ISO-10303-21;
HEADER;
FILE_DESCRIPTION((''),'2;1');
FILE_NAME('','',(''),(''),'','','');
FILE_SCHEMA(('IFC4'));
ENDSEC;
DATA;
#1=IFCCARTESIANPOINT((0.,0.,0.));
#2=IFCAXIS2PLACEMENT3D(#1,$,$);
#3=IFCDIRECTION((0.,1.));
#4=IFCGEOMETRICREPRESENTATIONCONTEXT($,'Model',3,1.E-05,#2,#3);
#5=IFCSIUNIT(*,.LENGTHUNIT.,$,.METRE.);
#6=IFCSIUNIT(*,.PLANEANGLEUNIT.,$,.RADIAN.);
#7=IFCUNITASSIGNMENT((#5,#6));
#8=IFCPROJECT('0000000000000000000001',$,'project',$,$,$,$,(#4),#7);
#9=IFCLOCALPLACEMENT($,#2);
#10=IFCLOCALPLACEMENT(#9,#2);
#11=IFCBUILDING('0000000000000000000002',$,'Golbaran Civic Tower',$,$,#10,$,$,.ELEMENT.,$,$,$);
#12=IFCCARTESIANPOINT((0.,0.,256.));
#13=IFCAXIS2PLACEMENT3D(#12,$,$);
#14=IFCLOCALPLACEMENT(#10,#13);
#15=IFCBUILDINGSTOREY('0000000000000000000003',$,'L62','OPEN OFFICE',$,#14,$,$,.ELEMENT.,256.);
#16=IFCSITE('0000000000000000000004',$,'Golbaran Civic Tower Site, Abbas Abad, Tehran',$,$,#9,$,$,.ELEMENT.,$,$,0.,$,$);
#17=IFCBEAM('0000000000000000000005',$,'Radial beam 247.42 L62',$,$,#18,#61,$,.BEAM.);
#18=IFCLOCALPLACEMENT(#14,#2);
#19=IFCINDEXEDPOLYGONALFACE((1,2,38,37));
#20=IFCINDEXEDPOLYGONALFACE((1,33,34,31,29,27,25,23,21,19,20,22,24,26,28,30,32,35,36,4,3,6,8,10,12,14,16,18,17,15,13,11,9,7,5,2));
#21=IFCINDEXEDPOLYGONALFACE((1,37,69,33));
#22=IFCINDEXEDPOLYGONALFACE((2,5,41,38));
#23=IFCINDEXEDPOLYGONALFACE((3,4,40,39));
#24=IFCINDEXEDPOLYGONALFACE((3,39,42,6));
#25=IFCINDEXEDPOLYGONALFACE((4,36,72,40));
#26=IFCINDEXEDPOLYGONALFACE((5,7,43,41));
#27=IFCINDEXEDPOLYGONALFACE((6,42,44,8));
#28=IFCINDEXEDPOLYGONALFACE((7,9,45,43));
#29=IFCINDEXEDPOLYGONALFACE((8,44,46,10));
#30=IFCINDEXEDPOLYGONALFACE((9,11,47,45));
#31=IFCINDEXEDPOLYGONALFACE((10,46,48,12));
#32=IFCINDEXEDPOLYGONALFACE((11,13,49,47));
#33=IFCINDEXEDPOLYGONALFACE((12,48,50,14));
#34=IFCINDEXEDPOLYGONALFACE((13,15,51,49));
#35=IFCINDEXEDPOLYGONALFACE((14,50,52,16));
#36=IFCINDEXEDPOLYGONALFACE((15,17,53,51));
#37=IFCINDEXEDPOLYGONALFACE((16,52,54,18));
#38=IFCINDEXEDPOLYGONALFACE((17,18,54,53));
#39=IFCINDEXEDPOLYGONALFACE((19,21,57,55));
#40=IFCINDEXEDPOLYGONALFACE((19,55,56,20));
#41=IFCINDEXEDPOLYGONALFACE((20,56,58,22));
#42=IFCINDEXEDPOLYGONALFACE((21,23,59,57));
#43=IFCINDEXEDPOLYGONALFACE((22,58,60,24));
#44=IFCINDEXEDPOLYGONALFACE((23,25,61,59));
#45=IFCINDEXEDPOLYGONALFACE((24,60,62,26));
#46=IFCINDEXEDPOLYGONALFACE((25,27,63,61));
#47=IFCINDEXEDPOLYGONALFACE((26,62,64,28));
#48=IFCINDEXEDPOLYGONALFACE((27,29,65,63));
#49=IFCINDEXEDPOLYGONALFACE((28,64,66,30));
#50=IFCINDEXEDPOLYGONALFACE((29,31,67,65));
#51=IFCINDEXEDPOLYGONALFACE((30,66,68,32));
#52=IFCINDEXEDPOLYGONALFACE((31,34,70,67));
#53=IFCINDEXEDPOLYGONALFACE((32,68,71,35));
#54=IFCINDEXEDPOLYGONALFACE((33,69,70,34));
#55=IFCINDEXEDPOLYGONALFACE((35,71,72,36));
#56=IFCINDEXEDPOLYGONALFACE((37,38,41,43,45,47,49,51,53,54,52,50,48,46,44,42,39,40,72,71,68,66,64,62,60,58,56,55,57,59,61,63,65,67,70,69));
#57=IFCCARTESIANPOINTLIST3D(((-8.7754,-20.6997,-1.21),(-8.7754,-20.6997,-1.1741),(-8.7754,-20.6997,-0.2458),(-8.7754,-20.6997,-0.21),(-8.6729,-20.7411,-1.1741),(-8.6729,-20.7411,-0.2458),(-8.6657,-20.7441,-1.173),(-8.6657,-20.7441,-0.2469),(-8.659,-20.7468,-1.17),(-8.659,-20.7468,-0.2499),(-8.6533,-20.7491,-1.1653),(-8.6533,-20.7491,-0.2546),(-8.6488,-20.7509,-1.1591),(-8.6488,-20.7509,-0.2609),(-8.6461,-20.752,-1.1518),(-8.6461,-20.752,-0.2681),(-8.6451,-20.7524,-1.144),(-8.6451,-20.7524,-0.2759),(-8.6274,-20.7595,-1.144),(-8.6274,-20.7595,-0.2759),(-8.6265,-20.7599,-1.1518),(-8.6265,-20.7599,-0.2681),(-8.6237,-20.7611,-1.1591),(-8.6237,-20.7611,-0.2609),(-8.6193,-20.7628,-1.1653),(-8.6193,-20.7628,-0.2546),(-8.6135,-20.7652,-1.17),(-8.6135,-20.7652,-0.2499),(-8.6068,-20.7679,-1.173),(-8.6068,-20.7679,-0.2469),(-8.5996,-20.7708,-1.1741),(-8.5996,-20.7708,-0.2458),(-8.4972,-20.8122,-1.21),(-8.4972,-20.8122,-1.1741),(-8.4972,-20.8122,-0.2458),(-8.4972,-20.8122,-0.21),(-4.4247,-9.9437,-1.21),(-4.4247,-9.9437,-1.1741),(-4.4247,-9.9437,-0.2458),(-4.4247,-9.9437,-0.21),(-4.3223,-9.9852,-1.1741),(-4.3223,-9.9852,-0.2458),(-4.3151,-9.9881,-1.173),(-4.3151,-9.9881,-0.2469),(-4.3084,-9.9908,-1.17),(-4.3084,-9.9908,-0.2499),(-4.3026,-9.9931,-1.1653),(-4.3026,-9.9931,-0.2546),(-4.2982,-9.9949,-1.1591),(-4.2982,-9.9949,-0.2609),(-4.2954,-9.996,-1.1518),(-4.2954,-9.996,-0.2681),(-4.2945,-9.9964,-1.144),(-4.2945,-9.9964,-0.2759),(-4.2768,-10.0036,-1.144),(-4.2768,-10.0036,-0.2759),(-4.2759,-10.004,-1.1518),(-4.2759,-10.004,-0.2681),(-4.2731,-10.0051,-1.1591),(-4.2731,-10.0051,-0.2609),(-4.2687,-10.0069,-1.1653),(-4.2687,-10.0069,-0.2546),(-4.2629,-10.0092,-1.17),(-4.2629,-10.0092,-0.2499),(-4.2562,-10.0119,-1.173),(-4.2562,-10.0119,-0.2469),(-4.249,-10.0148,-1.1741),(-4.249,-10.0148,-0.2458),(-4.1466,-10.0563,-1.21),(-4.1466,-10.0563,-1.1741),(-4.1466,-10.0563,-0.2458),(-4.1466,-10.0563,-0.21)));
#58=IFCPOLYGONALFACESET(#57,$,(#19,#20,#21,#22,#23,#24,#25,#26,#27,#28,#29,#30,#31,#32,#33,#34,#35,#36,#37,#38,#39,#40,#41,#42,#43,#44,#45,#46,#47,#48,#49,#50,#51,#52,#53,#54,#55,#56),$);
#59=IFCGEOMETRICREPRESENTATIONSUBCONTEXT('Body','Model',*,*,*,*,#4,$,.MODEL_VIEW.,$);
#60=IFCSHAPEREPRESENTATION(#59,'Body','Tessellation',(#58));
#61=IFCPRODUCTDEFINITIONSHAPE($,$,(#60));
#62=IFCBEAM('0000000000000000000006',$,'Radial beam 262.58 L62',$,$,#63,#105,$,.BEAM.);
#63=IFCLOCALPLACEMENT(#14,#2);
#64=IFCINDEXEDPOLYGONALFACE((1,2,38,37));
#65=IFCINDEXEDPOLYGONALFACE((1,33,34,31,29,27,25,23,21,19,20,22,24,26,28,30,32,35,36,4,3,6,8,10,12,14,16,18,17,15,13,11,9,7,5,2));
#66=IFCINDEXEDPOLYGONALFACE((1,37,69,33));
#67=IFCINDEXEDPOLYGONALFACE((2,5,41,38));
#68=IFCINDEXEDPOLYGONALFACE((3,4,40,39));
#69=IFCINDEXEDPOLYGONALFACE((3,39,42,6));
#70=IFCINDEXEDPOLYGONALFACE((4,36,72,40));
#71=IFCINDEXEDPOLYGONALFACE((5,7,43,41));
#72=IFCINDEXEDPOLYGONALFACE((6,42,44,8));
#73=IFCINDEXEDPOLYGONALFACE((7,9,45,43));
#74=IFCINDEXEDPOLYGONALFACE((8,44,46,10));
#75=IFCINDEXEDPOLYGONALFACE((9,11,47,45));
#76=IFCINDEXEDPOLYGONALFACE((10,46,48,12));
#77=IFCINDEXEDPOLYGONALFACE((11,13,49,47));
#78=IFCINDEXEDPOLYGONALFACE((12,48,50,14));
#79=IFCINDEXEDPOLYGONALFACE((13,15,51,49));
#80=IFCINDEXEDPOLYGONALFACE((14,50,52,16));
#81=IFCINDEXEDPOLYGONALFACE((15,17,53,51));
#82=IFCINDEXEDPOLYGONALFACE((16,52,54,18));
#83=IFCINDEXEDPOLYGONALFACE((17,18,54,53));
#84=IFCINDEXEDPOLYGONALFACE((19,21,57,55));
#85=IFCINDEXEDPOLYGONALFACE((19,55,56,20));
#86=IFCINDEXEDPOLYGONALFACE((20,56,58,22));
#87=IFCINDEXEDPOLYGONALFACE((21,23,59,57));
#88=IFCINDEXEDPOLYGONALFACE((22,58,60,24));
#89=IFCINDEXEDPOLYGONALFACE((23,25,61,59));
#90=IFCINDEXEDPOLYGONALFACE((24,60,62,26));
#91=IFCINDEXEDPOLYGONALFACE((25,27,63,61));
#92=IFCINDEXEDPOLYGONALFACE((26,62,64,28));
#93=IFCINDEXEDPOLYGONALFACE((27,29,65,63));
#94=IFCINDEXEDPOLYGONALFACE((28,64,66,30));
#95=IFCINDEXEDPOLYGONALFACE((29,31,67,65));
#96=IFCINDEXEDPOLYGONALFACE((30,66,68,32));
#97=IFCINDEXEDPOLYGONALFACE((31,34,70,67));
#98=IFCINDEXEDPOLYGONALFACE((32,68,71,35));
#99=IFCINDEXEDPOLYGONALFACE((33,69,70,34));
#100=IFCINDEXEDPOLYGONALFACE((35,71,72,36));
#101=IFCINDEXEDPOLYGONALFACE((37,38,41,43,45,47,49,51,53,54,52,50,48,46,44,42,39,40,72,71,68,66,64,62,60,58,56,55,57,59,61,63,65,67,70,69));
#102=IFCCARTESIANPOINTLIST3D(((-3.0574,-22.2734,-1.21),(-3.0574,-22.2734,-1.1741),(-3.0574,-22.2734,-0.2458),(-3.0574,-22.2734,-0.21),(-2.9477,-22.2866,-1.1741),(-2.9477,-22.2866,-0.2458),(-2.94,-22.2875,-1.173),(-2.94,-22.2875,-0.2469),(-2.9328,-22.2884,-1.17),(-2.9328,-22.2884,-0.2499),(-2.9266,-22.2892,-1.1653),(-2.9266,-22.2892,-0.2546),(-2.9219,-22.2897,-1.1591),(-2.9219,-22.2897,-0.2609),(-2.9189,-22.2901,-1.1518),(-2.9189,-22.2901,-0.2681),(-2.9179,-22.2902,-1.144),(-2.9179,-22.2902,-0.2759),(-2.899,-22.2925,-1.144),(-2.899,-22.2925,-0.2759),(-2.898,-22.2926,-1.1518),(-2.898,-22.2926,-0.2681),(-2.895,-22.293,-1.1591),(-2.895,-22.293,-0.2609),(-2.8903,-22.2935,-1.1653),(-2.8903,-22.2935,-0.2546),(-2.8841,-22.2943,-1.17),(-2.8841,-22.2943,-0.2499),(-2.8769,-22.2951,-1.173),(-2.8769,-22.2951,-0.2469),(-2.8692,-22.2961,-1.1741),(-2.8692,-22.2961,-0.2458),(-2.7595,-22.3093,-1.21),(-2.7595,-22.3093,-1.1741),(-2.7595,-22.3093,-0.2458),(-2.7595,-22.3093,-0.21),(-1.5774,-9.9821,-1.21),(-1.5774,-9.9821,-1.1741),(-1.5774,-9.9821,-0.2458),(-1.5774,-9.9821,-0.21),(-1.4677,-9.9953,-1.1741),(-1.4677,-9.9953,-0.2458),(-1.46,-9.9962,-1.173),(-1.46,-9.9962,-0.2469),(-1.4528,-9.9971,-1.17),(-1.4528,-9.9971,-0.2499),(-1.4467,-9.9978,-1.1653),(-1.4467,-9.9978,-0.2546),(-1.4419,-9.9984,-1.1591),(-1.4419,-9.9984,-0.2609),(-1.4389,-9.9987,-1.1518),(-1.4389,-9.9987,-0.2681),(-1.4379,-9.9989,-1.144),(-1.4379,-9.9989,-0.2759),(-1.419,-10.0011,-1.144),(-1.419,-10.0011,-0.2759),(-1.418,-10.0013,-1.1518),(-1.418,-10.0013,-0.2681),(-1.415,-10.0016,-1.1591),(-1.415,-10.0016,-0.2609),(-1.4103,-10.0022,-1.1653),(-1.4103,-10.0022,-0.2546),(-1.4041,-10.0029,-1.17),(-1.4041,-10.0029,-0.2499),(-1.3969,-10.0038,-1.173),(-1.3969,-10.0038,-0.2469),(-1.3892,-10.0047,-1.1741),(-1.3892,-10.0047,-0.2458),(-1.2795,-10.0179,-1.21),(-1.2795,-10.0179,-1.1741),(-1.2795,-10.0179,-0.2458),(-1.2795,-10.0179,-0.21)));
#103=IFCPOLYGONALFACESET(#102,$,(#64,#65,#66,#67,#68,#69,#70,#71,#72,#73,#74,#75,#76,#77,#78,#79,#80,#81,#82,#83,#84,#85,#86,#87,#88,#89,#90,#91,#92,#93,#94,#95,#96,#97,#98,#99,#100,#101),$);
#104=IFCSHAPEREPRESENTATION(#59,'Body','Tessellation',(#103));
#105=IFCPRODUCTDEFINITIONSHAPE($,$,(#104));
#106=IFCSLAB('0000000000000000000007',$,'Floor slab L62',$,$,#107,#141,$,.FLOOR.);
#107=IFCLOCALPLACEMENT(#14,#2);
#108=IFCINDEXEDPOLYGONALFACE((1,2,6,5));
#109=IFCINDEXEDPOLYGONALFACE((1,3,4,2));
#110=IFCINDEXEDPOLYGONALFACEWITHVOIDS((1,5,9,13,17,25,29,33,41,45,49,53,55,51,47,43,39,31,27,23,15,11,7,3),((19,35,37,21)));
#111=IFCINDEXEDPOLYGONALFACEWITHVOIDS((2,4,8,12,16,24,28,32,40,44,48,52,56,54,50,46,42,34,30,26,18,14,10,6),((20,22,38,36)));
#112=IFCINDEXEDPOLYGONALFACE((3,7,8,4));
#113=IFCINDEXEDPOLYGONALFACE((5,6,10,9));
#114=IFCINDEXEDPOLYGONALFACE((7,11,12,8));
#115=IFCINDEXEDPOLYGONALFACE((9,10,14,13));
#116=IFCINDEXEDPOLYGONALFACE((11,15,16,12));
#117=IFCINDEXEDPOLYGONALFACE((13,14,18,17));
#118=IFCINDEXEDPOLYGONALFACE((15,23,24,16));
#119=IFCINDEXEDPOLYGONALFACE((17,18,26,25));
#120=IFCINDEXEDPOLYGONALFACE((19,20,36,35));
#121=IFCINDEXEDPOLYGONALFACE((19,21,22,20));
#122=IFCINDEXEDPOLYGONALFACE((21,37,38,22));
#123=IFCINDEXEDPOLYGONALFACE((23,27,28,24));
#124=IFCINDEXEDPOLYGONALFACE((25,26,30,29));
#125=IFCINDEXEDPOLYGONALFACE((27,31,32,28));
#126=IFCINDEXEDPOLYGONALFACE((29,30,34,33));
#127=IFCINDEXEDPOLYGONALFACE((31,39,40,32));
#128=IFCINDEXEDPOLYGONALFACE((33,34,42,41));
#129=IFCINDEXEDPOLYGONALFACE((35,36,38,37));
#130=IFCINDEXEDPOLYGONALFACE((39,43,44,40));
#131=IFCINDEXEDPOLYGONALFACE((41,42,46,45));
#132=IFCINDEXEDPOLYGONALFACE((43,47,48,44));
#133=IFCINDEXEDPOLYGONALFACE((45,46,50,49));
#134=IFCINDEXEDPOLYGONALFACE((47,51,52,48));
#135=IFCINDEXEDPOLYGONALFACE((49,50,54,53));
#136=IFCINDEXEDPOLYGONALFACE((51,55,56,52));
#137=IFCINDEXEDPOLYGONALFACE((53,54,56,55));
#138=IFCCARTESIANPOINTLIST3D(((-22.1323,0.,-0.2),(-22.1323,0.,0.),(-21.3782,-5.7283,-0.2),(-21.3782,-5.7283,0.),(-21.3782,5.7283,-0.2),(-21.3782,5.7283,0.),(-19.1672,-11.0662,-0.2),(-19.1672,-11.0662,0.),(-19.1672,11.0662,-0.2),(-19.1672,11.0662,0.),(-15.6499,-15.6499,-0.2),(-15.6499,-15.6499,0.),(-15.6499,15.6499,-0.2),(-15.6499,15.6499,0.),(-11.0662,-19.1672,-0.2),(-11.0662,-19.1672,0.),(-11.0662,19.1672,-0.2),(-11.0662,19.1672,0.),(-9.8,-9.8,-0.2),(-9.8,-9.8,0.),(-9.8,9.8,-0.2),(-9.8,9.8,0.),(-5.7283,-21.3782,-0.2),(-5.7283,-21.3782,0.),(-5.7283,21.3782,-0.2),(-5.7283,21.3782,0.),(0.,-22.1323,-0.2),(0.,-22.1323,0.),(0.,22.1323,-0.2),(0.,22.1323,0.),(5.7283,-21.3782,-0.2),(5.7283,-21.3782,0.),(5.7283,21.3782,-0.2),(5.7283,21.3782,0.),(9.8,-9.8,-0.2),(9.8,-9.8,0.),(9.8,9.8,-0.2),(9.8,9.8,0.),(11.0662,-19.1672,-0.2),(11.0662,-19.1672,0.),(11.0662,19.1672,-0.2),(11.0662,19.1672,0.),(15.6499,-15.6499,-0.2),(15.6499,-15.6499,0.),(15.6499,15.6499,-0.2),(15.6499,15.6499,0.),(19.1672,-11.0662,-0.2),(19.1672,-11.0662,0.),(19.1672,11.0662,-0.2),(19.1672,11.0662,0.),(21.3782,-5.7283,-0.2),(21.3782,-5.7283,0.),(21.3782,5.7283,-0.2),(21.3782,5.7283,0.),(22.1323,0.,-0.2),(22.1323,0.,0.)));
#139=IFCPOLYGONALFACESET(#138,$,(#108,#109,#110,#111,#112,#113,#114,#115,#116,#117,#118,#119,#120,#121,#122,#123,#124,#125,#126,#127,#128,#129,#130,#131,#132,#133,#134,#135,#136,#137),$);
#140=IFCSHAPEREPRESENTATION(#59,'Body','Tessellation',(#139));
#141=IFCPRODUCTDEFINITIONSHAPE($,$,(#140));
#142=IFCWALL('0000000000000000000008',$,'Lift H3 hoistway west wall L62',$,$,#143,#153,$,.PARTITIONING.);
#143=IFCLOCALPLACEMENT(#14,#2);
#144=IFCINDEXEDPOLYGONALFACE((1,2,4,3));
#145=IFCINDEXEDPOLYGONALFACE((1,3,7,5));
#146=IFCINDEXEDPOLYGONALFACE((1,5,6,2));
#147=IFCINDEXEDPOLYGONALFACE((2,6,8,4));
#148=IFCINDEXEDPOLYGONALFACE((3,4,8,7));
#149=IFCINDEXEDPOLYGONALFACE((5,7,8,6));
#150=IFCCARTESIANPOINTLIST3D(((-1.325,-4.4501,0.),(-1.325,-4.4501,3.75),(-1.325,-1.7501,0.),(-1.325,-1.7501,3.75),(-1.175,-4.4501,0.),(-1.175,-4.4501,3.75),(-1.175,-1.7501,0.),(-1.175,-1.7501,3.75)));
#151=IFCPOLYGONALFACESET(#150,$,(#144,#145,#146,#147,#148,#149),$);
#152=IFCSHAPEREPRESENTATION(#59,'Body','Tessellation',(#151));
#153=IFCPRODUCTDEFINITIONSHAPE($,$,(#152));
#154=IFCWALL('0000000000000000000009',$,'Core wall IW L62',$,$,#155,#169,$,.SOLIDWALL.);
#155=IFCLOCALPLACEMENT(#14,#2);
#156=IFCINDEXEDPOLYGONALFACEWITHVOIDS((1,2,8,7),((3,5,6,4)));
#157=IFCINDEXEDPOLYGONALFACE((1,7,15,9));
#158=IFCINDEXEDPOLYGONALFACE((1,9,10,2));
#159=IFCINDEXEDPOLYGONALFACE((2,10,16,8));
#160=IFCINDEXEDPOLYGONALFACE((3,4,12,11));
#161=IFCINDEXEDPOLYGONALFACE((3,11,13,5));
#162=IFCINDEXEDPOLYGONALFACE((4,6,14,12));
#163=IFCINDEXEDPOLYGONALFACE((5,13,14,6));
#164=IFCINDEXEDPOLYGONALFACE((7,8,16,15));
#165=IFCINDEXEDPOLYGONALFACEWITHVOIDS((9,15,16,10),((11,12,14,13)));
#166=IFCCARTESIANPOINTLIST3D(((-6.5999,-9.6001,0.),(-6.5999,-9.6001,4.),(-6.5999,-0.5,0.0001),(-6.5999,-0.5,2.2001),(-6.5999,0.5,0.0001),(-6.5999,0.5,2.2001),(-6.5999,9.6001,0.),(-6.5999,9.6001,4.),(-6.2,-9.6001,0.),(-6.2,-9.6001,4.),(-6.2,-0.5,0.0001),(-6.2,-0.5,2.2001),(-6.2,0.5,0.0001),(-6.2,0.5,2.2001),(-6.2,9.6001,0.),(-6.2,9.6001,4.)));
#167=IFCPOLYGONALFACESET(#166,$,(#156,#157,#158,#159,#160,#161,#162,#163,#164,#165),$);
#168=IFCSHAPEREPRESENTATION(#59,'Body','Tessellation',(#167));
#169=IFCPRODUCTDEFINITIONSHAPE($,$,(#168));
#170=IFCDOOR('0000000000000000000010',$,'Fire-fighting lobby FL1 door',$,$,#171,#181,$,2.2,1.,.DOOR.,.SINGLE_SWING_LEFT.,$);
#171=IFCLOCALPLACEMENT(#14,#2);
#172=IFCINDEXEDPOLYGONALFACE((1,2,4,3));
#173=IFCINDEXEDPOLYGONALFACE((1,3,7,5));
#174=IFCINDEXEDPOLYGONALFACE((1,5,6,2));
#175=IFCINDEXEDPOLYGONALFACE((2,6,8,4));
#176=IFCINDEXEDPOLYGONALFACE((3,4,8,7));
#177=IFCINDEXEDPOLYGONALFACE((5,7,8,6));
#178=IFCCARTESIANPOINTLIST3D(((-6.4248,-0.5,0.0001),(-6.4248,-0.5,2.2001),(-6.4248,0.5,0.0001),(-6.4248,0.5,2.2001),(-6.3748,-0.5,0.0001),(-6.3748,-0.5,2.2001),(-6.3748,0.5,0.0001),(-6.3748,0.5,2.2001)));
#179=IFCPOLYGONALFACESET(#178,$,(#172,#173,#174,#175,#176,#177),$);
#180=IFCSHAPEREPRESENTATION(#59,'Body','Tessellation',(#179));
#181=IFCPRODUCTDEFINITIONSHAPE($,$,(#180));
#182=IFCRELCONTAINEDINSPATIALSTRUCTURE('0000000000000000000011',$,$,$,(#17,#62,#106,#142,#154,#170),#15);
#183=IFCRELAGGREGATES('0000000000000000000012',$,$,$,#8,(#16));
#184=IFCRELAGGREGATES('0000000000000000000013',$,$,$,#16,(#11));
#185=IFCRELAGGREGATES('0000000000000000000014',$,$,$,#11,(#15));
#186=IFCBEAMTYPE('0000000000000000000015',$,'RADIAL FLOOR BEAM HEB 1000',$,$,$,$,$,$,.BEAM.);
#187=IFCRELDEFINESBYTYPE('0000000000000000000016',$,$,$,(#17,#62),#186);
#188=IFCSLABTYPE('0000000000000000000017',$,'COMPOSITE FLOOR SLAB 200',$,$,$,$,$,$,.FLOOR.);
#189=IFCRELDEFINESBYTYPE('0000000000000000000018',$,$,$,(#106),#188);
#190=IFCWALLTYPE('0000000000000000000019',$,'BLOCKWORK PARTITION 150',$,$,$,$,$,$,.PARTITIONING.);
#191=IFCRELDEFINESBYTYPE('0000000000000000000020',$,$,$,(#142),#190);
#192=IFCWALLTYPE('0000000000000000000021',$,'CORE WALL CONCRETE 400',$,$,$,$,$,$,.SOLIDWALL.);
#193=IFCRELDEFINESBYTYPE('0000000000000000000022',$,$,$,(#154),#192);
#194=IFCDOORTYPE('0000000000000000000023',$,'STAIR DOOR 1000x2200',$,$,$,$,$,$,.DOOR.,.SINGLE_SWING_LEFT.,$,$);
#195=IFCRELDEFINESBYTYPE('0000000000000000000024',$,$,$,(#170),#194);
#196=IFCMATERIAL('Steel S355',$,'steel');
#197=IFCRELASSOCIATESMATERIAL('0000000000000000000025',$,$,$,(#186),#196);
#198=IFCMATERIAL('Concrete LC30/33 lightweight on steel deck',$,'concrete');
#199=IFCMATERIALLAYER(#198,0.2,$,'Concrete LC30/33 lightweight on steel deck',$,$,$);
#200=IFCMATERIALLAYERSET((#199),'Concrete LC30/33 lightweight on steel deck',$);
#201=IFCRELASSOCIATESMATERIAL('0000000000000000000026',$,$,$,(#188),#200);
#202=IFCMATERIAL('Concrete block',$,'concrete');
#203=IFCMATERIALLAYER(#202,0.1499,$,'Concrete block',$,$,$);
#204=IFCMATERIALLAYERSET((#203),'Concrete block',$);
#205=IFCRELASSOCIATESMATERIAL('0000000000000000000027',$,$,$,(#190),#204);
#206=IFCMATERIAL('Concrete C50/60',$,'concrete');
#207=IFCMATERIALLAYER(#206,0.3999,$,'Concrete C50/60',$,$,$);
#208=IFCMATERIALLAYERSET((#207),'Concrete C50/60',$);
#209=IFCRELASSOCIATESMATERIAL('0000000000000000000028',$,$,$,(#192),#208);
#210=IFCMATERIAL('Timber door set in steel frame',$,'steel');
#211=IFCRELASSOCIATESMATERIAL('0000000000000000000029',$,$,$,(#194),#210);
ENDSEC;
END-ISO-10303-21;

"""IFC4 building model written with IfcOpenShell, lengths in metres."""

from ifc_helpers import new_model, si_unit, direction, frame, frame_2d, origin, origin_2d, place, context, subcontext, project, spatial, polyline, rectangle, i_section, outline, extrude, material, layer, layer_set, material_profile, profile_set, type_object, element, fill, save


model = new_model("IFC4")

# Units and contexts
model_context = context("Model", 3, precision=1e-05, world=origin(), true_north=direction((0.0, 1.0)))
body_context = subcontext(model_context, "Body", "Model", "MODEL_VIEW")
ifc_project = project(units=[si_unit("LENGTHUNIT", "METRE"), si_unit("PLANEANGLEUNIT", "RADIAN")], contexts=[model_context])

# Site, building, storey
site_placement = place(None, origin())
site = spatial("IfcSite", under=ifc_project, at=site_placement, Name="Golbaran Civic Tower Site, Abbas Abad, Tehran", CompositionType="ELEMENT", RefElevation=0.0)
building_placement = place(site_placement, origin())
building = spatial("IfcBuilding", under=site, at=building_placement, Name="Golbaran Civic Tower", CompositionType="ELEMENT")
storey_placement = place(building_placement, frame((0.0, 0.0, 256.0)))
storey = spatial("IfcBuildingStorey", under=building, at=storey_placement, Name="L62", Description="OPEN OFFICE", CompositionType="ELEMENT", Elevation=256.0)

# Beams
ifc_material_1 = material(Name="Steel S355", Category="steel")
ifc_material_profile = material_profile(ifc_material_1, i_section(OverallWidth=0.3, OverallDepth=1.0, WebThickness=0.019, FlangeThickness=0.0359, FilletRadius=0.03, at=origin_2d()), Name="HEB 1000")
ifc_profile_set = profile_set([ifc_material_profile], Name="Steel S355")
beam_type = type_object("IfcBeamType", Name="RADIAL FLOOR BEAM HEB 1000", PredefinedType="BEAM", material=ifc_profile_set)
beam_1_placement = place(storey_placement, frame((-4.2856, -10.0, -0.71), z_axis=(-0.374972, -0.927036, 0.0), x_axis=(0.927036, -0.374972, 0.0)))
element("IfcBeam", 1, at=beam_1_placement, inside=storey, type_object=beam_type, Name="Radial beam 247.42 L62", PredefinedType="BEAM", context=body_context, shape_type="SweptSolid", body=[
    extrude(i_section(OverallWidth=0.3, OverallDepth=1.0, WebThickness=0.019, FlangeThickness=0.0359, FilletRadius=0.03, at=origin_2d()), origin(), (0.0, 0.0, 1.0), 11.6025),
])
beam_2_placement = place(storey_placement, frame((-1.4285, -10.0, -0.71), z_axis=(-0.119546, -0.992829, 0.0), x_axis=(0.992829, -0.119546, 0.0)))
element("IfcBeam", 2, at=beam_2_placement, inside=storey, type_object=beam_type, Name="Radial beam 262.58 L62", PredefinedType="BEAM", context=body_context, shape_type="SweptSolid", body=[
    extrude(i_section(OverallWidth=0.3, OverallDepth=1.0, WebThickness=0.019, FlangeThickness=0.0359, FilletRadius=0.03, at=origin_2d()), origin(), (0.0, 0.0, 1.0), 12.3801),
])

# Slab
ifc_material_2 = material(Name="Concrete LC30/33 lightweight on steel deck", Category="concrete")
ifc_layer_1 = layer(ifc_material_2, 0.2, Name="Concrete LC30/33 lightweight on steel deck")
ifc_layer_set_1 = layer_set([ifc_layer_1], Name="Concrete LC30/33 lightweight on steel deck")
slab_type = type_object("IfcSlabType", Name="COMPOSITE FLOOR SLAB 200", PredefinedType="FLOOR", material=ifc_layer_set_1)
slab_placement = place(storey_placement, frame((0.0, 0.0, -0.2)))
element("IfcSlab", 3, at=slab_placement, inside=storey, type_object=slab_type, Name="Floor slab L62", PredefinedType="FLOOR", context=body_context, shape_type="SweptSolid", body=[
    extrude(outline(polyline([(19.1672, -11.0662), (15.6499, -15.6499), (11.0662, -19.1672), (5.7283, -21.3782), (0.0, -22.1323), (-5.7283, -21.3782), (-11.0662, -19.1672), (-15.6499, -15.6499), (-19.1672, -11.0662), (-21.3782, -5.7283), (-22.1323, 0.0), (-21.3782, 5.7283), (-19.1672, 11.0662), (-15.6499, 15.6499), (-11.0662, 19.1672), (-5.7283, 21.3782), (0.0, 22.1323), (5.7283, 21.3782), (11.0662, 19.1672), (15.6499, 15.6499), (19.1672, 11.0662), (21.3782, 5.7283), (22.1323, 0.0), (21.3782, -5.7283), (19.1672, -11.0662)]), holes=[polyline([(-9.8, 9.8), (-9.8, -9.8), (9.8, -9.8), (9.8, 9.8), (-9.8, 9.8)])]), origin(), (0.0, 0.0, 1.0), 0.2),
])

# Wall
ifc_material_3 = material(Name="Concrete block", Category="concrete")
ifc_layer_2 = layer(ifc_material_3, 0.1499, Name="Concrete block")
ifc_layer_set_2 = layer_set([ifc_layer_2], Name="Concrete block")
wall_type_1 = type_object("IfcWallType", Name="BLOCKWORK PARTITION 150", PredefinedType="PARTITIONING", material=ifc_layer_set_2)
wall_1_placement = place(storey_placement, frame((-1.25, -1.75, 0.0), z_axis=(0.0, 0.0, 1.0), x_axis=(0.0, -1.0, 0.0)))
element("IfcWall", 4, at=wall_1_placement, inside=storey, type_object=wall_type_1, Name="Lift H3 hoistway west wall L62", PredefinedType="PARTITIONING", context=body_context, shape_type="SweptSolid", body=[
    extrude(rectangle(XDim=2.7, YDim=0.1499, at=frame_2d((1.3501, 0.0))), origin(), (0.0, 0.0, 1.0), 3.75),
])

# Wall, opening, door
ifc_material_4 = material(Name="Concrete C50/60", Category="concrete")
ifc_layer_3 = layer(ifc_material_4, 0.3999, Name="Concrete C50/60")
ifc_layer_set_3 = layer_set([ifc_layer_3], Name="Concrete C50/60")
wall_type_2 = type_object("IfcWallType", Name="CORE WALL CONCRETE 400", PredefinedType="SOLIDWALL", material=ifc_layer_set_3)
wall_2_placement = place(storey_placement, frame((-6.3999, -9.6001, 0.0), z_axis=(0.0, 0.0, 1.0), x_axis=(0.0, 1.0, 0.0)))
wall_2 = element("IfcWall", 5, at=wall_2_placement, inside=storey, type_object=wall_type_2, Name="Core wall IW L62", PredefinedType="SOLIDWALL", context=body_context, shape_type="SweptSolid", body=[
    extrude(rectangle(XDim=19.2002, YDim=0.3999, at=frame_2d((9.6001, 0.0))), origin(), (0.0, 0.0, 1.0), 4.0),
])
opening_1_placement = place(wall_2_placement, frame((9.1001, 0.0, 0.0)))
opening_1 = element("IfcOpeningElement", 6, at=opening_1_placement, cuts=wall_2, PredefinedType="OPENING", context=body_context, shape_type="SweptSolid", body=[
    extrude(rectangle(XDim=1.0, YDim=2.2, at=frame_2d((0.5, 1.1001))), frame((0.0, 0.21, 0.0), z_axis=(0.0, -1.0, 0.0), x_axis=(1.0, 0.0, 0.0)), (0.0, 0.0, 1.0), 0.4199),
])
ifc_material_5 = material(Name="Timber door set in steel frame", Category="steel")
door_type_1 = type_object("IfcDoorType", Name="STAIR DOOR 1000x2200", OperationType="SINGLE_SWING_LEFT", PredefinedType="DOOR", material=ifc_material_5)
door_1_placement = place(opening_1_placement, origin())
door_1 = element("IfcDoor", 7, at=door_1_placement, inside=storey, type_object=door_type_1, Name="Fire-fighting lobby FL1 door", OperationType="SINGLE_SWING_LEFT", OverallHeight=2.2, OverallWidth=1.0, PredefinedType="DOOR", context=body_context, shape_type="SweptSolid", body=[
    extrude(rectangle(XDim=1.0, YDim=2.2, at=frame_2d((0.5, 1.1001))), frame((0.0, 0.0249, 0.0), z_axis=(0.0, -1.0, 0.0), x_axis=(1.0, 0.0, 0.0)), (0.0, 0.0, 1.0), 0.05),
])
fill(opening_1, door_1)

save(model, "model.ifc")
